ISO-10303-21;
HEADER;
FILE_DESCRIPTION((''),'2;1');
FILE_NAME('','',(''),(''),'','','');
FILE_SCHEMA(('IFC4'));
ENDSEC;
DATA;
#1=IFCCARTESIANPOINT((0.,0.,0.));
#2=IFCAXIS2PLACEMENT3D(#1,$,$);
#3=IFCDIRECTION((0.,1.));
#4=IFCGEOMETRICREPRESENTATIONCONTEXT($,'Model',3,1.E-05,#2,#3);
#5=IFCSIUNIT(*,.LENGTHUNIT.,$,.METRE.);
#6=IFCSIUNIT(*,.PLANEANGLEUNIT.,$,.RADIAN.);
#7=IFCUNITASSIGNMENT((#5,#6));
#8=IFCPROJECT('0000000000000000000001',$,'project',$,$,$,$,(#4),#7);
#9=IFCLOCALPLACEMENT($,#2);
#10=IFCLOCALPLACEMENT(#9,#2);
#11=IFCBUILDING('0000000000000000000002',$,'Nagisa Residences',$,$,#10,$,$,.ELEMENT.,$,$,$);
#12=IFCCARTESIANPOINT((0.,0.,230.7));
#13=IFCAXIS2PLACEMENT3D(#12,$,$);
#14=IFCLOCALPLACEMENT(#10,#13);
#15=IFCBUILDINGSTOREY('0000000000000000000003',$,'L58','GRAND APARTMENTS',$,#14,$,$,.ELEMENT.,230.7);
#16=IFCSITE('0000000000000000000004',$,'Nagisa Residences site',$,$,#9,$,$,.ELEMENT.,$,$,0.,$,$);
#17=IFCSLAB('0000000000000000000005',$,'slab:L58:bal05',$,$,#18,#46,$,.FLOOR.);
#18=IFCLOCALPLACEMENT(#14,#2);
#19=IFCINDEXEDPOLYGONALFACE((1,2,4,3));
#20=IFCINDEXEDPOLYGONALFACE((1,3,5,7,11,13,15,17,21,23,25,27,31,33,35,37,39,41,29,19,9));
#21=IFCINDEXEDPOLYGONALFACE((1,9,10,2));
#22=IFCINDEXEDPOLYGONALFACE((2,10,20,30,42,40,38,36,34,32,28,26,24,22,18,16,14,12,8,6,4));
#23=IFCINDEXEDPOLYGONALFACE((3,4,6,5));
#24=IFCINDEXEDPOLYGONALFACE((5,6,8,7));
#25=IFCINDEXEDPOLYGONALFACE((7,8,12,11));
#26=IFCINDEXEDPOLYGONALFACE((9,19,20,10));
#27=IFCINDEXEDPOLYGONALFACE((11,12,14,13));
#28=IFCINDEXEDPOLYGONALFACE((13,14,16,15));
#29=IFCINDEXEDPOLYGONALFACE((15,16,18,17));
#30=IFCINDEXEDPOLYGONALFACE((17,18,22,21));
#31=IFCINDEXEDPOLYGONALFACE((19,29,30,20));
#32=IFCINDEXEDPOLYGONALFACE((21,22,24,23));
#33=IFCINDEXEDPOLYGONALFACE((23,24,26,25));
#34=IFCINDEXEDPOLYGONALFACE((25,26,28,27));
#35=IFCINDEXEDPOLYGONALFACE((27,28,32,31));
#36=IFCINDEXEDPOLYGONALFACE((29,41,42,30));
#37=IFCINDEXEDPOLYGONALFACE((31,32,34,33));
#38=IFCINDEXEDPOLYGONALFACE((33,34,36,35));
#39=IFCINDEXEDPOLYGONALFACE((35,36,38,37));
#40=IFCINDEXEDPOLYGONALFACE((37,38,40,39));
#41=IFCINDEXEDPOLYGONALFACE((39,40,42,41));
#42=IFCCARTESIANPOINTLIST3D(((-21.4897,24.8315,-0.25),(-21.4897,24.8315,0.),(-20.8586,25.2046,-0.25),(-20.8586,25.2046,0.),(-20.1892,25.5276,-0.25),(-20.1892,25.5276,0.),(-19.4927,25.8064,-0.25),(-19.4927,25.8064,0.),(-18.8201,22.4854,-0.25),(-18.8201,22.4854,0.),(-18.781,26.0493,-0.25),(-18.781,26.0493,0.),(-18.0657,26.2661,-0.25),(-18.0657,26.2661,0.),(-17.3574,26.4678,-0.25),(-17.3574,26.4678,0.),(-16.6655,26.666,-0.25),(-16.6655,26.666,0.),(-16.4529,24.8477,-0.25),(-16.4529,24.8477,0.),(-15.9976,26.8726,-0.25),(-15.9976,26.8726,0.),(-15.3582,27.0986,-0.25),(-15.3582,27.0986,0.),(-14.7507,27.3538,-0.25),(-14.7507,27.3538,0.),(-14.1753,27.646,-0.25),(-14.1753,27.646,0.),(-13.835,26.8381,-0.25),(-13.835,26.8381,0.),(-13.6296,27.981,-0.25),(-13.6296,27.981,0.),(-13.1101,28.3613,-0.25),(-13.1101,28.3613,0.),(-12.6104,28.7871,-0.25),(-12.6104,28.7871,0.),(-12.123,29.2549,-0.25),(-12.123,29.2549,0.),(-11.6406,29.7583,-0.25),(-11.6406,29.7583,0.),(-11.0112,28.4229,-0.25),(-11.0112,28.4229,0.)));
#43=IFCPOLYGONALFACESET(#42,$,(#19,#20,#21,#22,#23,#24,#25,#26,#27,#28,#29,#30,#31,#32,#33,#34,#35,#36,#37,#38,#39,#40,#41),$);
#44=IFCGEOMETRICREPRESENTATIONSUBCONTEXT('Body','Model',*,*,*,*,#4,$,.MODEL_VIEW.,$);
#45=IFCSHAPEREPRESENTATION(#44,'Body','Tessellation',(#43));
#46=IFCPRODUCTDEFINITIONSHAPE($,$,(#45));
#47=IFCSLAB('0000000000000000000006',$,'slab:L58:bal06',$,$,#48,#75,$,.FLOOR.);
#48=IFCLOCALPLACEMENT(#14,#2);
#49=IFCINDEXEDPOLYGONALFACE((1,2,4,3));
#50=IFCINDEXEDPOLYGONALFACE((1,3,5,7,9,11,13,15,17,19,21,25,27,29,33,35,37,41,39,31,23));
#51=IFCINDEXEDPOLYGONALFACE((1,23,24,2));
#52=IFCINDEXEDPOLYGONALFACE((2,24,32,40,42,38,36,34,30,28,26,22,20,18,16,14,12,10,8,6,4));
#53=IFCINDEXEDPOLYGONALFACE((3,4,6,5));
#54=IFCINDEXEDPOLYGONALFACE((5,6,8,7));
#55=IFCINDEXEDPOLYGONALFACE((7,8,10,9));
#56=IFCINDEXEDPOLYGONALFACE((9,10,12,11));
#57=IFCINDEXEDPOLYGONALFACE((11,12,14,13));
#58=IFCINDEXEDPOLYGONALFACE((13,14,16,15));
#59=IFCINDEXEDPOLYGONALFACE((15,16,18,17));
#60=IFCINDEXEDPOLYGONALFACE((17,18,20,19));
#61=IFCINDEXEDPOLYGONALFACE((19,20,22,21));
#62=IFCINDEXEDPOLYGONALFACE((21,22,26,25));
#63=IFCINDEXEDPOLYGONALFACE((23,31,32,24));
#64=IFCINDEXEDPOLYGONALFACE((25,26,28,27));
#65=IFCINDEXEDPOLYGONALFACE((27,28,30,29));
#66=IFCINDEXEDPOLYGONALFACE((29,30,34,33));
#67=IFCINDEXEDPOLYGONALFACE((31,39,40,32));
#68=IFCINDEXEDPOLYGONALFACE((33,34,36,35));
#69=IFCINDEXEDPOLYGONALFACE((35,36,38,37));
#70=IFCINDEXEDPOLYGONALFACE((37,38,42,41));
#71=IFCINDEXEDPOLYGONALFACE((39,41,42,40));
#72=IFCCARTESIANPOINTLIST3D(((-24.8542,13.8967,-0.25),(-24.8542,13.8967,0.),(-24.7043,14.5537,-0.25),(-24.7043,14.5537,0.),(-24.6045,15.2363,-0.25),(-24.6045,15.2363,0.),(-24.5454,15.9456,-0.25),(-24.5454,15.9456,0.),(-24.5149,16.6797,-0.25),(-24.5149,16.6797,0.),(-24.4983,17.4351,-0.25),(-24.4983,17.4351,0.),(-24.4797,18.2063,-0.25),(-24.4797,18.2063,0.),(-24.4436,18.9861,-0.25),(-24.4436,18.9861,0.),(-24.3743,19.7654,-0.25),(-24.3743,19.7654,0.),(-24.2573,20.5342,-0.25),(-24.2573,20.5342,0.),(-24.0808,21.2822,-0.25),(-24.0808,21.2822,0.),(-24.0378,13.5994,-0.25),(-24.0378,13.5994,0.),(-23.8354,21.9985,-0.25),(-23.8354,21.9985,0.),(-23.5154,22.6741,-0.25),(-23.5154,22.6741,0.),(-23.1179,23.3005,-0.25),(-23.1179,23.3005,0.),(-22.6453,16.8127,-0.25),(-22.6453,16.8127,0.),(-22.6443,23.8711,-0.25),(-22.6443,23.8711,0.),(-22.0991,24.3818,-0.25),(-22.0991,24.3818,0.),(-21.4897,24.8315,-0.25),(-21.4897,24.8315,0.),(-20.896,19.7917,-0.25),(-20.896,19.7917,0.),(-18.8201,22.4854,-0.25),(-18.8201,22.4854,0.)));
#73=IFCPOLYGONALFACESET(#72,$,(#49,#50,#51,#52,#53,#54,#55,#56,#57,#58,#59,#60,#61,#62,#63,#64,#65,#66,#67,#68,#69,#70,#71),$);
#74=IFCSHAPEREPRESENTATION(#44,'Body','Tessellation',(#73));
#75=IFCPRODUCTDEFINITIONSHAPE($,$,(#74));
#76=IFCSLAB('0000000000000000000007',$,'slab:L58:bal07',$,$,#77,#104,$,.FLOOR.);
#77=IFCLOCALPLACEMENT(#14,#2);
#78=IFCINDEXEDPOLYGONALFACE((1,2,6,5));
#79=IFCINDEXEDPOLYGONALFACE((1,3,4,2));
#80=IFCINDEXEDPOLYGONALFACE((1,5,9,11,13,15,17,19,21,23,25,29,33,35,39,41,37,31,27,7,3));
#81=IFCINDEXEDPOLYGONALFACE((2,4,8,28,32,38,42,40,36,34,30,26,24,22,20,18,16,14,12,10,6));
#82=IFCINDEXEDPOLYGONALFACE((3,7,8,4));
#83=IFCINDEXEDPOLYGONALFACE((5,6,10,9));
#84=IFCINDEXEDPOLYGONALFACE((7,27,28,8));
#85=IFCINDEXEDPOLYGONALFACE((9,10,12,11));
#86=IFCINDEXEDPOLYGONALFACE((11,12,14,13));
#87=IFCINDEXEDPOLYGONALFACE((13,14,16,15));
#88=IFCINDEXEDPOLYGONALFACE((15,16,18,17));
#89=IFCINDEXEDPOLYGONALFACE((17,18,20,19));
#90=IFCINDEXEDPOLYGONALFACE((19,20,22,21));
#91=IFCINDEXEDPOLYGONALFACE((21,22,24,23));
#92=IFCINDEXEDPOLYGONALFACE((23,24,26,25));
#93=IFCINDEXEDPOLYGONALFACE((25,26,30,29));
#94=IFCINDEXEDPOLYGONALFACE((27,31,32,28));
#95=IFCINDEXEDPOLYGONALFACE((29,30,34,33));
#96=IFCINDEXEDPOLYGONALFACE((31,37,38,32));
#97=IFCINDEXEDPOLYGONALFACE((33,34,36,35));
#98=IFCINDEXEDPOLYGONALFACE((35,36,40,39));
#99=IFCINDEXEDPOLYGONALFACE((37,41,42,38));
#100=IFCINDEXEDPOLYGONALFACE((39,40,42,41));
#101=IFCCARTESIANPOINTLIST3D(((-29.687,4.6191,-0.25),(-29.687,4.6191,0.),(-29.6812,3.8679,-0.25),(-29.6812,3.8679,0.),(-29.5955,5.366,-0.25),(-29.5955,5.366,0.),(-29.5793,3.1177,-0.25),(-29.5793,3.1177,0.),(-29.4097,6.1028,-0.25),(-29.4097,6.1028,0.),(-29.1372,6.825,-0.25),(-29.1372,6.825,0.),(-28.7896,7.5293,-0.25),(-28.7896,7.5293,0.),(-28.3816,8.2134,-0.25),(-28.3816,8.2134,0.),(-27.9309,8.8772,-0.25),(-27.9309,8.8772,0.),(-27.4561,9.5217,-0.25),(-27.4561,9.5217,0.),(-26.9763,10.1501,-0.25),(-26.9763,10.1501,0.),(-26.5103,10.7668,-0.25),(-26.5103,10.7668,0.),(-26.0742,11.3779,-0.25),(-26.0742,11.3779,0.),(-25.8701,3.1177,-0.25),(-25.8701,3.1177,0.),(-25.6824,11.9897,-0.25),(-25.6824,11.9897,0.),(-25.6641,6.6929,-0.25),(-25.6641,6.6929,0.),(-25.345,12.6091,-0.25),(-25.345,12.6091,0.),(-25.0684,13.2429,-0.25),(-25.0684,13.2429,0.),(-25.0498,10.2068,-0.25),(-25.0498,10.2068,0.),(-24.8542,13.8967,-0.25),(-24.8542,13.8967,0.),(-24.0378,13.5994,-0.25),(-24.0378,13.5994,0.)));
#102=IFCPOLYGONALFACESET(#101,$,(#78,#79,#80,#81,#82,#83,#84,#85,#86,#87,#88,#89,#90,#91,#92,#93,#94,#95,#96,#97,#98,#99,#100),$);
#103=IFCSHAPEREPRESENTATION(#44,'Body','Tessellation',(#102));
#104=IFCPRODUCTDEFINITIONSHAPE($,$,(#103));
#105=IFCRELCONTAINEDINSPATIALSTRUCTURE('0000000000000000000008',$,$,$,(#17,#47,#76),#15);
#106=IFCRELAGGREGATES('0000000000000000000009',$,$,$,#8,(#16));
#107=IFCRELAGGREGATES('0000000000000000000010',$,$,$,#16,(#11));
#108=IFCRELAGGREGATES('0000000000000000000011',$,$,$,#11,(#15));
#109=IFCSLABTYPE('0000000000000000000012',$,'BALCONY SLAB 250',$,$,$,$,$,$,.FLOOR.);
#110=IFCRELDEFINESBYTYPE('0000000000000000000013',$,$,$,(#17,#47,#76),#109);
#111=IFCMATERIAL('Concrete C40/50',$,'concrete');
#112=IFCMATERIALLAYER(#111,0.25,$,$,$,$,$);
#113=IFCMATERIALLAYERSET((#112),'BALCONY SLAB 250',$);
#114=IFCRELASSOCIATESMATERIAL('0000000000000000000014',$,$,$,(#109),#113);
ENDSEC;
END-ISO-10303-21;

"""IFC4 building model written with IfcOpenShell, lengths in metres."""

from ifc_helpers import new_model, si_unit, direction, frame, origin, place, context, subcontext, project, spatial, polyline, outline, extrude, material, layer, layer_set, type_object, element, save


model = new_model("IFC4")

# Units and contexts
model_context = context("Model", 3, precision=1e-05, world=origin(), true_north=direction((0.0, 1.0)))
body_context = subcontext(model_context, "Body", "Model", "MODEL_VIEW")
ifc_project = project(units=[si_unit("LENGTHUNIT", "METRE"), si_unit("PLANEANGLEUNIT", "RADIAN")], contexts=[model_context])

# Site, building, storey
site_placement = place(None, origin())
site = spatial("IfcSite", under=ifc_project, at=site_placement, Name="Nagisa Residences site", CompositionType="ELEMENT", RefElevation=0.0)
building_placement = place(site_placement, origin())
building = spatial("IfcBuilding", under=site, at=building_placement, Name="Nagisa Residences", CompositionType="ELEMENT")
storey_placement = place(building_placement, frame((0.0, 0.0, 230.7)))
storey = spatial("IfcBuildingStorey", under=building, at=storey_placement, Name="L58", Description="GRAND APARTMENTS", CompositionType="ELEMENT", Elevation=230.7)

# Slabs
ifc_material_1 = material(Name="Concrete C40/50", Category="concrete")
ifc_layer_1 = layer(ifc_material_1, 0.25)
ifc_layer_set_1 = layer_set([ifc_layer_1], Name="BALCONY SLAB 250")
slab_type_1 = type_object("IfcSlabType", Name="BALCONY SLAB 250", PredefinedType="FLOOR", material=ifc_layer_set_1)
slab_1_placement = place(storey_placement, frame((0.0, 0.0, -0.25)))
element("IfcSlab", 1, at=slab_1_placement, inside=storey, type_object=slab_type_1, Name="slab:L58:bal05", PredefinedType="FLOOR", context=body_context, shape_type="SweptSolid", body=[
    extrude(outline(polyline([(-11.6406, 29.7583), (-12.123, 29.2549), (-12.6104, 28.7871), (-13.1101, 28.3613), (-13.6296, 27.981), (-14.1753, 27.646), (-14.7507, 27.3538), (-15.3582, 27.0986), (-15.9976, 26.8726), (-16.6655, 26.666), (-17.3574, 26.4678), (-18.0657, 26.2661), (-18.781, 26.0493), (-19.4927, 25.8064), (-20.1892, 25.5276), (-20.8586, 25.2046), (-21.4897, 24.8315), (-18.8201, 22.4854), (-16.4529, 24.8477), (-13.835, 26.8381), (-11.0112, 28.4229), (-11.6406, 29.7583)])), origin(), (0.0, 0.0, 1.0), 0.25),
])
slab_2_placement = place(storey_placement, frame((0.0, 0.0, -0.25)))
element("IfcSlab", 2, at=slab_2_placement, inside=storey, type_object=slab_type_1, Name="slab:L58:bal06", PredefinedType="FLOOR", context=body_context, shape_type="SweptSolid", body=[
    extrude(outline(polyline([(-21.4897, 24.8315), (-22.0991, 24.3818), (-22.6443, 23.8711), (-23.1179, 23.3005), (-23.5154, 22.6741), (-23.8354, 21.9985), (-24.0808, 21.2822), (-24.2573, 20.5342), (-24.3743, 19.7654), (-24.4436, 18.9861), (-24.4797, 18.2063), (-24.4983, 17.4351), (-24.5149, 16.6797), (-24.5454, 15.9456), (-24.6045, 15.2363), (-24.7043, 14.5537), (-24.8542, 13.8967), (-24.0378, 13.5994), (-22.6453, 16.8127), (-20.896, 19.7917), (-18.8201, 22.4854), (-21.4897, 24.8315)])), origin(), (0.0, 0.0, 1.0), 0.25),
])
slab_3_placement = place(storey_placement, frame((0.0, 0.0, -0.25)))
element("IfcSlab", 3, at=slab_3_placement, inside=storey, type_object=slab_type_1, Name="slab:L58:bal07", PredefinedType="FLOOR", context=body_context, shape_type="SweptSolid", body=[
    extrude(outline(polyline([(-24.8542, 13.8967), (-25.0684, 13.2429), (-25.345, 12.6091), (-25.6824, 11.9897), (-26.0742, 11.3779), (-26.5103, 10.7668), (-26.9763, 10.1501), (-27.4561, 9.5217), (-27.9309, 8.8772), (-28.3816, 8.2134), (-28.7896, 7.5293), (-29.1372, 6.825), (-29.4097, 6.1028), (-29.5955, 5.366), (-29.687, 4.6191), (-29.6812, 3.8679), (-29.5793, 3.1177), (-25.8701, 3.1177), (-25.6641, 6.6929), (-25.0498, 10.2068), (-24.0378, 13.5994), (-24.8542, 13.8967)])), origin(), (0.0, 0.0, 1.0), 0.25),
])

save(model, "model.ifc")
